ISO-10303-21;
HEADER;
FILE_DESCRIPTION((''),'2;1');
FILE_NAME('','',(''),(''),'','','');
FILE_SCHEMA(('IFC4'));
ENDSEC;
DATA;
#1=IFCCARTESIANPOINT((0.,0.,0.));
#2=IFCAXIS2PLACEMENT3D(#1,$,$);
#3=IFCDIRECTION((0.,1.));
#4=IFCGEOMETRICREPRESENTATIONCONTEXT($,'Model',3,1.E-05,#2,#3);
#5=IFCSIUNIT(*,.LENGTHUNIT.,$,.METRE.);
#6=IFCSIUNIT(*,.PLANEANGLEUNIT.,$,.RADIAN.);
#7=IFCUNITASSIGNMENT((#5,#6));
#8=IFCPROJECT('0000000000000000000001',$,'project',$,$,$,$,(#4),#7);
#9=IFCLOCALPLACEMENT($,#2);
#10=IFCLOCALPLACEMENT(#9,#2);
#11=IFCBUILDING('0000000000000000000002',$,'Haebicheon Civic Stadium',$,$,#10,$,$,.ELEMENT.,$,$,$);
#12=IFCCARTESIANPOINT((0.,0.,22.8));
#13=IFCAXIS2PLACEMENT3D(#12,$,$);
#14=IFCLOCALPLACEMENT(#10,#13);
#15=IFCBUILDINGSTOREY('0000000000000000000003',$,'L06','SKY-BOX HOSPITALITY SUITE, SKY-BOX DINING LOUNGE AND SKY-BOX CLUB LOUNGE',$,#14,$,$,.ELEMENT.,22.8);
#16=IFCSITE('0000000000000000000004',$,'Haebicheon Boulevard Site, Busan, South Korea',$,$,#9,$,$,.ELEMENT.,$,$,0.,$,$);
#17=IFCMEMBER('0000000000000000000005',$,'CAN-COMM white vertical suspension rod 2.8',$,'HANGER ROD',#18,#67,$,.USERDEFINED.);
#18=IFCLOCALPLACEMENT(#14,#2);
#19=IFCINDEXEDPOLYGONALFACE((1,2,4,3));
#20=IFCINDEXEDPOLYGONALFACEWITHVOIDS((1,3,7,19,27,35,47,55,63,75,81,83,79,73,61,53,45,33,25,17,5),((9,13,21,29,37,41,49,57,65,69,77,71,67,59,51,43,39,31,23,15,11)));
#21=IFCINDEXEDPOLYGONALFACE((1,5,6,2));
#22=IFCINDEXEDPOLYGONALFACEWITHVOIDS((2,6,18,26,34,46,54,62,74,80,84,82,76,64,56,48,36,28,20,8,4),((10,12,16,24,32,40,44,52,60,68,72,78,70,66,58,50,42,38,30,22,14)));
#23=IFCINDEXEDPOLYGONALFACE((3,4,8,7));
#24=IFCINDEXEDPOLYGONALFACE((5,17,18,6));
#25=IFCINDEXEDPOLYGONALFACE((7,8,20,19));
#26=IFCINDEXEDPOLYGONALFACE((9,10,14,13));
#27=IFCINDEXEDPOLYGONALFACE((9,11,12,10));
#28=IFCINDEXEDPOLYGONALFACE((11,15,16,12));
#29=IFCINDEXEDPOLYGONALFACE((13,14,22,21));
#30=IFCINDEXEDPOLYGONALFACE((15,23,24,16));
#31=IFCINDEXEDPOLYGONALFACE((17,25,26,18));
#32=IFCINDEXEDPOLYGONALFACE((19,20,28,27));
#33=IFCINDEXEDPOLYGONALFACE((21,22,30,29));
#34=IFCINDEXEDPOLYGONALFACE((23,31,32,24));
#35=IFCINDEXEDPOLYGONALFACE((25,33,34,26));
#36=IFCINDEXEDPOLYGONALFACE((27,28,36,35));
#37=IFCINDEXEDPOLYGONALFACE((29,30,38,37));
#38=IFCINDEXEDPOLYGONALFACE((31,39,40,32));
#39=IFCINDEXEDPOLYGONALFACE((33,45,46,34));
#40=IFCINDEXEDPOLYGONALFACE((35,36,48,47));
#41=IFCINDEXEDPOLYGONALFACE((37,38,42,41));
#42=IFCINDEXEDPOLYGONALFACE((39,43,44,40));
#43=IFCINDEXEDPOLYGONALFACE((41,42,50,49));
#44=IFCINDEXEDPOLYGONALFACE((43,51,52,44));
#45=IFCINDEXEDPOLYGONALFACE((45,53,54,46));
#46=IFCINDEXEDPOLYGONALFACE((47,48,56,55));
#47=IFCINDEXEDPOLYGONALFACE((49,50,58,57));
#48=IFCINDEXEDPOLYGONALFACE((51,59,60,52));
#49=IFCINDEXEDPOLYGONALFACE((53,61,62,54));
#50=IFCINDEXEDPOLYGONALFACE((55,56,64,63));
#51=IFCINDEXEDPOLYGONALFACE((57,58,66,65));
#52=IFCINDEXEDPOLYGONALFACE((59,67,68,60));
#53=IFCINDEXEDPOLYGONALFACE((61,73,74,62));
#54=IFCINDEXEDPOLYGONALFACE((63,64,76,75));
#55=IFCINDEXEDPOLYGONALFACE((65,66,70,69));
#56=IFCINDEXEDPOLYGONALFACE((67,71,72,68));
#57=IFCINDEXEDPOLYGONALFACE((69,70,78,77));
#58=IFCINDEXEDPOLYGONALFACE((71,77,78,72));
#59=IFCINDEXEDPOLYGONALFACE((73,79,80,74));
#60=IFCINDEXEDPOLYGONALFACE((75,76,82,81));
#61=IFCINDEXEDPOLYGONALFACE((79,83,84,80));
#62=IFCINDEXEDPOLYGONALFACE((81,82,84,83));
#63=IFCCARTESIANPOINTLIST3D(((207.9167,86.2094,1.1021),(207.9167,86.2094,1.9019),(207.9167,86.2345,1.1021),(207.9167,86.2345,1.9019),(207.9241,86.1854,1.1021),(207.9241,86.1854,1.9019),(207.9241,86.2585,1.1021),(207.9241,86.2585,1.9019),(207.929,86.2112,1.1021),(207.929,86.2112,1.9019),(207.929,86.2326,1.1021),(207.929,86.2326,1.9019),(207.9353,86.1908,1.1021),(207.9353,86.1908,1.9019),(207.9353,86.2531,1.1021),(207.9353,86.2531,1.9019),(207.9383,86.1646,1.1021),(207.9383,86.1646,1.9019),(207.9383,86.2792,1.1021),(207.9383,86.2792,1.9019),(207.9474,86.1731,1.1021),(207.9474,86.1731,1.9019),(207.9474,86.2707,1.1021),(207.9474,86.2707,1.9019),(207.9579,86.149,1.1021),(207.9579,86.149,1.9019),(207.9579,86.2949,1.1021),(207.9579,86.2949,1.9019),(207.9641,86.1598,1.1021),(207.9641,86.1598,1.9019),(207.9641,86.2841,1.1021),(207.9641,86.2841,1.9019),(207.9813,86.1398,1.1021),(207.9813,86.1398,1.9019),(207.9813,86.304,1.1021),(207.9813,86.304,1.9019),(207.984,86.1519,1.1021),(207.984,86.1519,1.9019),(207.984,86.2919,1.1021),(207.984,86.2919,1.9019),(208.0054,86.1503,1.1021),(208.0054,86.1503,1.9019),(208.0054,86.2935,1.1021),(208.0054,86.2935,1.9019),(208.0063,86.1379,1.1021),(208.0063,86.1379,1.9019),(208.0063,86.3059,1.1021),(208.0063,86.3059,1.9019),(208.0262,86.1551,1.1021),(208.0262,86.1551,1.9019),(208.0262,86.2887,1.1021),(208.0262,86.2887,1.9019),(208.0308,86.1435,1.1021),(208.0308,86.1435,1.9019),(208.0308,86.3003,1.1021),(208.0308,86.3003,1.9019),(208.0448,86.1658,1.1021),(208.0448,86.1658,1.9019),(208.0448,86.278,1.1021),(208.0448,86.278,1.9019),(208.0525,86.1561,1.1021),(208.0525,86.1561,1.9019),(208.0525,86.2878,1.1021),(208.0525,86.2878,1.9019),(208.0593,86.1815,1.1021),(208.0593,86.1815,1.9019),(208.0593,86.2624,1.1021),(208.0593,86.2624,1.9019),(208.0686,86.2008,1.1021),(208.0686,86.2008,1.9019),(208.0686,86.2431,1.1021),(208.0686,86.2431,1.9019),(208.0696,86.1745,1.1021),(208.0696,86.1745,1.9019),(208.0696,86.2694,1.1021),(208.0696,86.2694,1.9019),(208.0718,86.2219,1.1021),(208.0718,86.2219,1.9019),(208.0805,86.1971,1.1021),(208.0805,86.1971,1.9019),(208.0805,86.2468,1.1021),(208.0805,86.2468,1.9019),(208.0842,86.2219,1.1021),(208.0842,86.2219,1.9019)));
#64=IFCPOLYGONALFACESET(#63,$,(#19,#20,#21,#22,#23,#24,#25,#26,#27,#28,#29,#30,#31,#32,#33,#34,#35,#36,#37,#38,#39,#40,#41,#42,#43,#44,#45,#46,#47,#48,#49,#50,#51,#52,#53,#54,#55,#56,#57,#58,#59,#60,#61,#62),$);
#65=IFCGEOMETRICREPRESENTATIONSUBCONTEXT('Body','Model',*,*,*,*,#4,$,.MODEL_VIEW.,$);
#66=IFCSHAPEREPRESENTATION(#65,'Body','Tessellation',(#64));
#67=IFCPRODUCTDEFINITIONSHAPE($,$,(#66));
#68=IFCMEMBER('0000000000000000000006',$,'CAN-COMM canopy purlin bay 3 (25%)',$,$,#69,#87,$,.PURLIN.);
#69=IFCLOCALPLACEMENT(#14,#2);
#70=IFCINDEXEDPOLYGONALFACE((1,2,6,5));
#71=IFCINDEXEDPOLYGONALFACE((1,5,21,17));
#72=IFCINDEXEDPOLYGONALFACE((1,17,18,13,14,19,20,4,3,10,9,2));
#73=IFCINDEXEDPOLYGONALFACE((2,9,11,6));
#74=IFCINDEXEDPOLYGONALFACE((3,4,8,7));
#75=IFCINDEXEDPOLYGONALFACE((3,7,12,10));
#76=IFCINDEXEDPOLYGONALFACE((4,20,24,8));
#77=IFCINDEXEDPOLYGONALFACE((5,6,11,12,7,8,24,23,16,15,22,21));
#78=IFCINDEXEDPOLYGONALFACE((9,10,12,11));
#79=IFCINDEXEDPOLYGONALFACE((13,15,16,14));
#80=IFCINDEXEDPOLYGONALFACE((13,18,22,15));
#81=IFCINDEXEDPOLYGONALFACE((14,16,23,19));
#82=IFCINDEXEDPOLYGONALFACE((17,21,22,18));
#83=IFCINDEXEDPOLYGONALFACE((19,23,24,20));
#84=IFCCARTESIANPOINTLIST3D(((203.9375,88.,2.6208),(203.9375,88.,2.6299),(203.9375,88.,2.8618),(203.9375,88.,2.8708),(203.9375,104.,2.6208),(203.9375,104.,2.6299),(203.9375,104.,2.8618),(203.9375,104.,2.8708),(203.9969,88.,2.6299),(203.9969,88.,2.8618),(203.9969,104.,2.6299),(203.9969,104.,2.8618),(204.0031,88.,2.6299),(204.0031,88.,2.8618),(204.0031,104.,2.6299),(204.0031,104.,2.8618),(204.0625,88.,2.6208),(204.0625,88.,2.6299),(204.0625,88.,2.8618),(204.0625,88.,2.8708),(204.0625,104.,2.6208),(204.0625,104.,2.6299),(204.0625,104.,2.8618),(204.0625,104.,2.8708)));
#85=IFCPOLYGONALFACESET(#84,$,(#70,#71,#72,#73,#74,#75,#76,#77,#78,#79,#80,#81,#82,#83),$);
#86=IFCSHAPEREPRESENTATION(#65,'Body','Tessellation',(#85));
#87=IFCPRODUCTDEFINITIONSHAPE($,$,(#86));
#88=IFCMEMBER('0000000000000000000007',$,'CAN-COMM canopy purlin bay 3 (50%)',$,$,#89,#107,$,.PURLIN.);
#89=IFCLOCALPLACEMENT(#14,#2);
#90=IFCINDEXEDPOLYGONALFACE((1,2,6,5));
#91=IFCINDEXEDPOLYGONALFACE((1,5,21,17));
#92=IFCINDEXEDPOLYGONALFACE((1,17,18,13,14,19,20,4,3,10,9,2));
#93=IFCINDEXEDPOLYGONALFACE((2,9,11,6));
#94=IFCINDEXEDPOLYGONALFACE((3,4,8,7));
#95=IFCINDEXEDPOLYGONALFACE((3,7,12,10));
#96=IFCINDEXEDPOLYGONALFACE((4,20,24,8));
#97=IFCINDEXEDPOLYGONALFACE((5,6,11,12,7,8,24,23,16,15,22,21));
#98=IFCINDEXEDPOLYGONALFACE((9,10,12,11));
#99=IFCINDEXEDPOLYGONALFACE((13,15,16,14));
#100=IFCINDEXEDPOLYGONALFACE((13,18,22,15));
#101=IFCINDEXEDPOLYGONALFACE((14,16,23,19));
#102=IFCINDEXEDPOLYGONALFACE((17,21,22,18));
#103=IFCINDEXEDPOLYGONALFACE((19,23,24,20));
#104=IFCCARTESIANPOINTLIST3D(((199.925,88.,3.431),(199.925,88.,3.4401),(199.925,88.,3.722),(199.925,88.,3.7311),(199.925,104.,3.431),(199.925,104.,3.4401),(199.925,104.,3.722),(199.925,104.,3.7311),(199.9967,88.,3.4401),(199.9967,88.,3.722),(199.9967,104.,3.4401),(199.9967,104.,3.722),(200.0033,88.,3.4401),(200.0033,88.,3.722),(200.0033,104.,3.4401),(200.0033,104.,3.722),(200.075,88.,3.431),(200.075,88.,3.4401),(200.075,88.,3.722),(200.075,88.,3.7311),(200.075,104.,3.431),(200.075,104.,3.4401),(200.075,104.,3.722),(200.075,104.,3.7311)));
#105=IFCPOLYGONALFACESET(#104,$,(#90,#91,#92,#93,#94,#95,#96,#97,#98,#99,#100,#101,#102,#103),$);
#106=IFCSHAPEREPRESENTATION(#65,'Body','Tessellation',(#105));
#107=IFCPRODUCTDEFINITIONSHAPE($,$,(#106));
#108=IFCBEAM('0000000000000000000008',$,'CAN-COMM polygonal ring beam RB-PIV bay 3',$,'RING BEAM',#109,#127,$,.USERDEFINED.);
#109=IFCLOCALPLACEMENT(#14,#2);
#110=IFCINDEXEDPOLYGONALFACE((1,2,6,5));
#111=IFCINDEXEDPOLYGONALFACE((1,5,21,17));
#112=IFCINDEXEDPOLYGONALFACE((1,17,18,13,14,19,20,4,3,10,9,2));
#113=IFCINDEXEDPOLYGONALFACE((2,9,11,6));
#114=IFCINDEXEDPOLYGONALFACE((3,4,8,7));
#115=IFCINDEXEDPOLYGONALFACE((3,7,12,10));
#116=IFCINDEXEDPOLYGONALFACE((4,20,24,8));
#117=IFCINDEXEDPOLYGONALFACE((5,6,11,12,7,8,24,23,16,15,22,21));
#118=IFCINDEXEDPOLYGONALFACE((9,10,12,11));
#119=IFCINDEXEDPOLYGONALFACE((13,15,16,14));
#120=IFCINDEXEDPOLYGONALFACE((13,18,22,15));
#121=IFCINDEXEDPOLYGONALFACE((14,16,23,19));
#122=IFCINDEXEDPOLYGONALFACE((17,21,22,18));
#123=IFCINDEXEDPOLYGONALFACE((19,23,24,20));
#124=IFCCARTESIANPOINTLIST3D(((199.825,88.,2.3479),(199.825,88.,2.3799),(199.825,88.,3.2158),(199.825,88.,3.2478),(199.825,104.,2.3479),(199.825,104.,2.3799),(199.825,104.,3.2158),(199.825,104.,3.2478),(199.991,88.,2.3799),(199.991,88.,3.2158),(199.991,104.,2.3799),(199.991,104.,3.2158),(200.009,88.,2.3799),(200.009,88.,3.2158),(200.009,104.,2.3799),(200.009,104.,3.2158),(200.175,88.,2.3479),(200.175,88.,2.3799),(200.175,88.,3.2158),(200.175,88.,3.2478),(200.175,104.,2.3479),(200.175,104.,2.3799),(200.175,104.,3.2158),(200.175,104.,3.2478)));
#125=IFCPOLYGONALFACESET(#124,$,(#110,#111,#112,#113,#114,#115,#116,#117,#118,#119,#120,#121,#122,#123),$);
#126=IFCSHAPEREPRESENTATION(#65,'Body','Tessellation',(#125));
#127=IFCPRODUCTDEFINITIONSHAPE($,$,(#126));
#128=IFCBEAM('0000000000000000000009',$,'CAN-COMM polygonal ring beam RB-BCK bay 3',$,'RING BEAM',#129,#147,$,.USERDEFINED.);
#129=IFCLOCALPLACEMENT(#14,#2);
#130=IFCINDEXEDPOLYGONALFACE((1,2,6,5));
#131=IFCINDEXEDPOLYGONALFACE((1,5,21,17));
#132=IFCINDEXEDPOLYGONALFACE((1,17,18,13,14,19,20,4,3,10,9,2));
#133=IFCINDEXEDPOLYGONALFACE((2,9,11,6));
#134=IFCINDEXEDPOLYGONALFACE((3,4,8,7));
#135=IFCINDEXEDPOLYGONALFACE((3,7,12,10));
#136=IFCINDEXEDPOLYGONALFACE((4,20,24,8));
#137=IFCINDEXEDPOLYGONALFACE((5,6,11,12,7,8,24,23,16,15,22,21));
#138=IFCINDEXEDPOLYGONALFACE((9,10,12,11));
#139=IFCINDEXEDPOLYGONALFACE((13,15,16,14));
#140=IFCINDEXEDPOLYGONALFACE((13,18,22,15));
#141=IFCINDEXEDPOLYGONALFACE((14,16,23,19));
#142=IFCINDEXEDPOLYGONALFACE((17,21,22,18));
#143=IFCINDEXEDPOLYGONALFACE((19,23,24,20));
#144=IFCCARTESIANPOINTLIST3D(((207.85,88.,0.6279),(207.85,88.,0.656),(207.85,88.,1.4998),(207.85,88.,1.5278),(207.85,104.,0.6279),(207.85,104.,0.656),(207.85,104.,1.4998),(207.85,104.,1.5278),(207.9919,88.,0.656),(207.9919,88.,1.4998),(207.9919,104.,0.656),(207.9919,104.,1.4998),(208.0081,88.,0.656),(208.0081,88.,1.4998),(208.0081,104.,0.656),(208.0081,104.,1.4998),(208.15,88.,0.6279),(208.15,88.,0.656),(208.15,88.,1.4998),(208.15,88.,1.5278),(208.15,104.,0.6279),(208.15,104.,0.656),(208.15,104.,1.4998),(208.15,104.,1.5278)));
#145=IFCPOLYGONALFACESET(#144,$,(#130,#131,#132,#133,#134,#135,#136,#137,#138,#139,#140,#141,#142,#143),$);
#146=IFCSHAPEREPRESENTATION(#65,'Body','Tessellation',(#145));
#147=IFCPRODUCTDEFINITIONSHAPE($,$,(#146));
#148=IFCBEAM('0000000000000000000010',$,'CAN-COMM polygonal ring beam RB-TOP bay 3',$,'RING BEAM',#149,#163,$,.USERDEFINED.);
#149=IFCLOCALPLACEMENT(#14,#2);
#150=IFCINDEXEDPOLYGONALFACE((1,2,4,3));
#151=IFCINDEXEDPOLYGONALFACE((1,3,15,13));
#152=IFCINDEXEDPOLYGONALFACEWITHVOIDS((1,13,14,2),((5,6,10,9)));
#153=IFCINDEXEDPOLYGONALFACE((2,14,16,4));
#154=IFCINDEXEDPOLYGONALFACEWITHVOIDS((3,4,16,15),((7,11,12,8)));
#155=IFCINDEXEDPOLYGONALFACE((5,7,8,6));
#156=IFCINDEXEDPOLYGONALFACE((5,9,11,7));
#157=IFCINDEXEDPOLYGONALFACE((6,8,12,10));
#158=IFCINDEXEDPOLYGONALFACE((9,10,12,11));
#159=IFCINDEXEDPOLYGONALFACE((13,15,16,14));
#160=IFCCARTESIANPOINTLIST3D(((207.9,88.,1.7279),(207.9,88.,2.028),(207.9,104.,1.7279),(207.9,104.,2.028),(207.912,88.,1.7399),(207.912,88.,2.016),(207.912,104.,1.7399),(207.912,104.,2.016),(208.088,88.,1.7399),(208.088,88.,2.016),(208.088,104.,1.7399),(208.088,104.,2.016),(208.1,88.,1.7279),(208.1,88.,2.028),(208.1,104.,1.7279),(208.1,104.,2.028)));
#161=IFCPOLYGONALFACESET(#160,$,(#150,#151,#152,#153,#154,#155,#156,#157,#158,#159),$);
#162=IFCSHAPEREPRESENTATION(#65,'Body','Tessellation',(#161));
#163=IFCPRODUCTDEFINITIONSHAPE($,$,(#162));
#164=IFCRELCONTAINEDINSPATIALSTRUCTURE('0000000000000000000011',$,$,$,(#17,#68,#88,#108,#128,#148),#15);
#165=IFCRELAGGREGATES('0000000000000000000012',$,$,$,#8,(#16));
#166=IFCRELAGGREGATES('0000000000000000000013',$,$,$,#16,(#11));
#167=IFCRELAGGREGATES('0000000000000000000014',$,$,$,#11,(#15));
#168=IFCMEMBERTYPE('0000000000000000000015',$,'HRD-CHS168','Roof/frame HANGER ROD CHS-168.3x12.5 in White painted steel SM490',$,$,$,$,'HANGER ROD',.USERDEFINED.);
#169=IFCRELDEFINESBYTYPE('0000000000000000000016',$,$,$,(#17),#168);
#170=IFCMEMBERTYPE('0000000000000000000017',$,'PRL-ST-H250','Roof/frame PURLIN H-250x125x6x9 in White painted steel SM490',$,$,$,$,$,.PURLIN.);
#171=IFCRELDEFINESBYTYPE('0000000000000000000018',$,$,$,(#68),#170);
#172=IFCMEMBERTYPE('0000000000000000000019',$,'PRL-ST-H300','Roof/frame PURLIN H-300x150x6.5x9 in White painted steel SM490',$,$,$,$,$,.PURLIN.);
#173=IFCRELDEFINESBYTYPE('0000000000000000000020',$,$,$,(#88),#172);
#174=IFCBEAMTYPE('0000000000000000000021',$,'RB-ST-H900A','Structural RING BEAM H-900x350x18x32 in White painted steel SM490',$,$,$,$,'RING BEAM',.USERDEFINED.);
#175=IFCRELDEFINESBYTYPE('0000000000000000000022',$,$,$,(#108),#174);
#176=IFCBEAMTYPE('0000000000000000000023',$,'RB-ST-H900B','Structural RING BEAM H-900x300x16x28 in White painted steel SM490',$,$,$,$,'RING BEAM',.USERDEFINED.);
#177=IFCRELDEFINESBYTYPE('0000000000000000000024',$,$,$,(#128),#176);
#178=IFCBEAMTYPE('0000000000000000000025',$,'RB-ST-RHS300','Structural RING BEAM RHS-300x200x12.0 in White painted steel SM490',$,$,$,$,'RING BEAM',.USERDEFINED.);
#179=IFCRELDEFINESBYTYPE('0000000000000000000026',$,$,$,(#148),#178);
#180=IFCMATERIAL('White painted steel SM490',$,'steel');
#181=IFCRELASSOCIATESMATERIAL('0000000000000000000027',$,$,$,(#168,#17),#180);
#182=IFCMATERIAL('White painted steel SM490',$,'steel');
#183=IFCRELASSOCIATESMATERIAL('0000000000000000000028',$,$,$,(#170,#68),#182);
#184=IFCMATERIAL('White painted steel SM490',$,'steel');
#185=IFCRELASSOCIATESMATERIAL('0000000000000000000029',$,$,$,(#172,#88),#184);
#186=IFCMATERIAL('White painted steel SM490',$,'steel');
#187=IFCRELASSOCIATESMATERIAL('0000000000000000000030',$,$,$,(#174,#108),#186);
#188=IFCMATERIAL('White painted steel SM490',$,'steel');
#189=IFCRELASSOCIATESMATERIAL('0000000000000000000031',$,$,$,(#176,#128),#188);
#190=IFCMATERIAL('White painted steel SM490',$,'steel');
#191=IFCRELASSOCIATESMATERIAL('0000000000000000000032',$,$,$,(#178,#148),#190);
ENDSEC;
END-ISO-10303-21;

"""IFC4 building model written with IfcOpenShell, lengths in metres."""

from ifc_helpers import new_model, si_unit, direction, frame, origin, origin_2d, place, context, subcontext, project, spatial, hollow_rectangle, hollow_circle, i_section, extrude, material, material_profile, profile_set, type_object, element, save


model = new_model("IFC4")

# Units and contexts
model_context = context("Model", 3, precision=1e-05, world=origin(), true_north=direction((0.0, 1.0)))
body_context = subcontext(model_context, "Body", "Model", "MODEL_VIEW")
ifc_project = project(units=[si_unit("LENGTHUNIT", "METRE"), si_unit("PLANEANGLEUNIT", "RADIAN")], contexts=[model_context])

# Site, building, storey
site_placement = place(None, origin())
site = spatial("IfcSite", under=ifc_project, at=site_placement, Name="Haebicheon Boulevard Site, Busan, South Korea", CompositionType="ELEMENT", RefElevation=0.0)
building_placement = place(site_placement, origin())
building = spatial("IfcBuilding", under=site, at=building_placement, Name="Haebicheon Civic Stadium", CompositionType="ELEMENT")
storey_placement = place(building_placement, frame((0.0, 0.0, 22.8)))
storey = spatial("IfcBuildingStorey", under=building, at=storey_placement, Name="L06", Description="SKY-BOX HOSPITALITY SUITE, SKY-BOX DINING LOUNGE AND SKY-BOX CLUB LOUNGE", CompositionType="ELEMENT", Elevation=22.8)

# Members
ifc_material_1 = material(Name="White painted steel SM490", Category="steel")
ifc_material_profile_1 = material_profile(ifc_material_1, hollow_circle(Radius=0.0842, WallThickness=0.0125, at=origin_2d()), Name="CHS-168.3x12.5")
ifc_profile_set_1 = profile_set([ifc_material_profile_1], Name="White painted steel SM490")
member_type_1 = type_object("IfcMemberType", Name="HRD-CHS168", Description="Roof/frame HANGER ROD CHS-168.3x12.5 in White painted steel SM490", ElementType="HANGER ROD", PredefinedType="USERDEFINED", material=ifc_profile_set_1)
member_1_placement = place(storey_placement, frame((208.0, 86.2219, 1.1021), z_axis=(0.0, 0.0, 1.0), x_axis=(1.0, 0.0, 0.0)))
element("IfcMember", 1, at=member_1_placement, inside=storey, type_object=member_type_1, material=ifc_profile_set_1, Name="CAN-COMM white vertical suspension rod 2.8", ObjectType="HANGER ROD", PredefinedType="USERDEFINED", context=body_context, shape_type="SweptSolid", body=[
    extrude(hollow_circle(Radius=0.0842, WallThickness=0.0125, at=origin_2d()), origin(), (0.0, 0.0, 1.0), 0.7998),
])
ifc_material_2 = material(Name="White painted steel SM490", Category="steel")
ifc_material_profile_2 = material_profile(ifc_material_2, i_section(OverallWidth=0.125, OverallDepth=0.25, WebThickness=0.0061, FlangeThickness=0.009, at=origin_2d()), Name="H-250x125x6x9")
ifc_profile_set_2 = profile_set([ifc_material_profile_2], Name="White painted steel SM490")
member_type_2 = type_object("IfcMemberType", Name="PRL-ST-H250", Description="Roof/frame PURLIN H-250x125x6x9 in White painted steel SM490", PredefinedType="PURLIN", material=ifc_profile_set_2)
member_2_placement = place(storey_placement, frame((204.0, 88.0, 2.7458), z_axis=(0.0, 1.0, 0.0), x_axis=(-1.0, 0.0, 0.0)))
element("IfcMember", 2, at=member_2_placement, inside=storey, type_object=member_type_2, material=ifc_profile_set_2, Name="CAN-COMM canopy purlin bay 3 (25%)", PredefinedType="PURLIN", context=body_context, shape_type="SweptSolid", body=[
    extrude(i_section(OverallWidth=0.125, OverallDepth=0.25, WebThickness=0.0061, FlangeThickness=0.009, at=origin_2d()), origin(), (0.0, 0.0, 1.0), 16.0),
])
ifc_material_3 = material(Name="White painted steel SM490", Category="steel")
ifc_material_profile_3 = material_profile(ifc_material_3, i_section(OverallWidth=0.1499, OverallDepth=0.3, WebThickness=0.0066, FlangeThickness=0.009, at=origin_2d()), Name="H-300x150x6.5x9")
ifc_profile_set_3 = profile_set([ifc_material_profile_3], Name="White painted steel SM490")
member_type_3 = type_object("IfcMemberType", Name="PRL-ST-H300", Description="Roof/frame PURLIN H-300x150x6.5x9 in White painted steel SM490", PredefinedType="PURLIN", material=ifc_profile_set_3)
member_3_placement = place(storey_placement, frame((200.0, 88.0, 3.5811), z_axis=(0.0, 1.0, 0.0), x_axis=(-1.0, 0.0, 0.0)))
element("IfcMember", 3, at=member_3_placement, inside=storey, type_object=member_type_3, material=ifc_profile_set_3, Name="CAN-COMM canopy purlin bay 3 (50%)", PredefinedType="PURLIN", context=body_context, shape_type="SweptSolid", body=[
    extrude(i_section(OverallWidth=0.1499, OverallDepth=0.3, WebThickness=0.0066, FlangeThickness=0.009, at=origin_2d()), origin(), (0.0, 0.0, 1.0), 16.0),
])

# Beams
ifc_material_4 = material(Name="White painted steel SM490", Category="steel")
ifc_material_profile_4 = material_profile(ifc_material_4, i_section(OverallWidth=0.3501, OverallDepth=0.8999, WebThickness=0.0181, FlangeThickness=0.032, at=origin_2d()), Name="H-900x350x18x32")
ifc_profile_set_4 = profile_set([ifc_material_profile_4], Name="White painted steel SM490")
beam_type_1 = type_object("IfcBeamType", Name="RB-ST-H900A", Description="Structural RING BEAM H-900x350x18x32 in White painted steel SM490", ElementType="RING BEAM", PredefinedType="USERDEFINED", material=ifc_profile_set_4)
beam_1_placement = place(storey_placement, frame((200.0, 88.0, 2.7979), z_axis=(0.0, 1.0, 0.0), x_axis=(-1.0, 0.0, 0.0)))
element("IfcBeam", 4, at=beam_1_placement, inside=storey, type_object=beam_type_1, material=ifc_profile_set_4, Name="CAN-COMM polygonal ring beam RB-PIV bay 3", ObjectType="RING BEAM", PredefinedType="USERDEFINED", context=body_context, shape_type="SweptSolid", body=[
    extrude(i_section(OverallWidth=0.3501, OverallDepth=0.8999, WebThickness=0.0181, FlangeThickness=0.032, at=origin_2d()), origin(), (0.0, 0.0, 1.0), 16.0),
])
ifc_material_5 = material(Name="White painted steel SM490", Category="steel")
ifc_material_profile_5 = material_profile(ifc_material_5, i_section(OverallWidth=0.3, OverallDepth=0.8999, WebThickness=0.0161, FlangeThickness=0.0281, at=origin_2d()), Name="H-900x300x16x28")
ifc_profile_set_5 = profile_set([ifc_material_profile_5], Name="White painted steel SM490")
beam_type_2 = type_object("IfcBeamType", Name="RB-ST-H900B", Description="Structural RING BEAM H-900x300x16x28 in White painted steel SM490", ElementType="RING BEAM", PredefinedType="USERDEFINED", material=ifc_profile_set_5)
beam_2_placement = place(storey_placement, frame((208.0, 88.0, 1.0779), z_axis=(0.0, 1.0, 0.0), x_axis=(-1.0, 0.0, 0.0)))
element("IfcBeam", 5, at=beam_2_placement, inside=storey, type_object=beam_type_2, material=ifc_profile_set_5, Name="CAN-COMM polygonal ring beam RB-BCK bay 3", ObjectType="RING BEAM", PredefinedType="USERDEFINED", context=body_context, shape_type="SweptSolid", body=[
    extrude(i_section(OverallWidth=0.3, OverallDepth=0.8999, WebThickness=0.0161, FlangeThickness=0.0281, at=origin_2d()), origin(), (0.0, 0.0, 1.0), 16.0),
])
ifc_material_6 = material(Name="White painted steel SM490", Category="steel")
ifc_material_profile_6 = material_profile(ifc_material_6, hollow_rectangle(XDim=0.2, YDim=0.3, WallThickness=0.012, at=origin_2d()), Name="RHS-300x200x12.0")
ifc_profile_set_6 = profile_set([ifc_material_profile_6], Name="White painted steel SM490")
beam_type_3 = type_object("IfcBeamType", Name="RB-ST-RHS300", Description="Structural RING BEAM RHS-300x200x12.0 in White painted steel SM490", ElementType="RING BEAM", PredefinedType="USERDEFINED", material=ifc_profile_set_6)
beam_3_placement = place(storey_placement, frame((208.0, 88.0, 1.8779), z_axis=(0.0, 1.0, 0.0), x_axis=(-1.0, 0.0, 0.0)))
element("IfcBeam", 6, at=beam_3_placement, inside=storey, type_object=beam_type_3, material=ifc_profile_set_6, Name="CAN-COMM polygonal ring beam RB-TOP bay 3", ObjectType="RING BEAM", PredefinedType="USERDEFINED", context=body_context, shape_type="SweptSolid", body=[
    extrude(hollow_rectangle(XDim=0.2, YDim=0.3, WallThickness=0.012, at=origin_2d()), origin(), (0.0, 0.0, 1.0), 16.0),
])

save(model, "model.ifc")
